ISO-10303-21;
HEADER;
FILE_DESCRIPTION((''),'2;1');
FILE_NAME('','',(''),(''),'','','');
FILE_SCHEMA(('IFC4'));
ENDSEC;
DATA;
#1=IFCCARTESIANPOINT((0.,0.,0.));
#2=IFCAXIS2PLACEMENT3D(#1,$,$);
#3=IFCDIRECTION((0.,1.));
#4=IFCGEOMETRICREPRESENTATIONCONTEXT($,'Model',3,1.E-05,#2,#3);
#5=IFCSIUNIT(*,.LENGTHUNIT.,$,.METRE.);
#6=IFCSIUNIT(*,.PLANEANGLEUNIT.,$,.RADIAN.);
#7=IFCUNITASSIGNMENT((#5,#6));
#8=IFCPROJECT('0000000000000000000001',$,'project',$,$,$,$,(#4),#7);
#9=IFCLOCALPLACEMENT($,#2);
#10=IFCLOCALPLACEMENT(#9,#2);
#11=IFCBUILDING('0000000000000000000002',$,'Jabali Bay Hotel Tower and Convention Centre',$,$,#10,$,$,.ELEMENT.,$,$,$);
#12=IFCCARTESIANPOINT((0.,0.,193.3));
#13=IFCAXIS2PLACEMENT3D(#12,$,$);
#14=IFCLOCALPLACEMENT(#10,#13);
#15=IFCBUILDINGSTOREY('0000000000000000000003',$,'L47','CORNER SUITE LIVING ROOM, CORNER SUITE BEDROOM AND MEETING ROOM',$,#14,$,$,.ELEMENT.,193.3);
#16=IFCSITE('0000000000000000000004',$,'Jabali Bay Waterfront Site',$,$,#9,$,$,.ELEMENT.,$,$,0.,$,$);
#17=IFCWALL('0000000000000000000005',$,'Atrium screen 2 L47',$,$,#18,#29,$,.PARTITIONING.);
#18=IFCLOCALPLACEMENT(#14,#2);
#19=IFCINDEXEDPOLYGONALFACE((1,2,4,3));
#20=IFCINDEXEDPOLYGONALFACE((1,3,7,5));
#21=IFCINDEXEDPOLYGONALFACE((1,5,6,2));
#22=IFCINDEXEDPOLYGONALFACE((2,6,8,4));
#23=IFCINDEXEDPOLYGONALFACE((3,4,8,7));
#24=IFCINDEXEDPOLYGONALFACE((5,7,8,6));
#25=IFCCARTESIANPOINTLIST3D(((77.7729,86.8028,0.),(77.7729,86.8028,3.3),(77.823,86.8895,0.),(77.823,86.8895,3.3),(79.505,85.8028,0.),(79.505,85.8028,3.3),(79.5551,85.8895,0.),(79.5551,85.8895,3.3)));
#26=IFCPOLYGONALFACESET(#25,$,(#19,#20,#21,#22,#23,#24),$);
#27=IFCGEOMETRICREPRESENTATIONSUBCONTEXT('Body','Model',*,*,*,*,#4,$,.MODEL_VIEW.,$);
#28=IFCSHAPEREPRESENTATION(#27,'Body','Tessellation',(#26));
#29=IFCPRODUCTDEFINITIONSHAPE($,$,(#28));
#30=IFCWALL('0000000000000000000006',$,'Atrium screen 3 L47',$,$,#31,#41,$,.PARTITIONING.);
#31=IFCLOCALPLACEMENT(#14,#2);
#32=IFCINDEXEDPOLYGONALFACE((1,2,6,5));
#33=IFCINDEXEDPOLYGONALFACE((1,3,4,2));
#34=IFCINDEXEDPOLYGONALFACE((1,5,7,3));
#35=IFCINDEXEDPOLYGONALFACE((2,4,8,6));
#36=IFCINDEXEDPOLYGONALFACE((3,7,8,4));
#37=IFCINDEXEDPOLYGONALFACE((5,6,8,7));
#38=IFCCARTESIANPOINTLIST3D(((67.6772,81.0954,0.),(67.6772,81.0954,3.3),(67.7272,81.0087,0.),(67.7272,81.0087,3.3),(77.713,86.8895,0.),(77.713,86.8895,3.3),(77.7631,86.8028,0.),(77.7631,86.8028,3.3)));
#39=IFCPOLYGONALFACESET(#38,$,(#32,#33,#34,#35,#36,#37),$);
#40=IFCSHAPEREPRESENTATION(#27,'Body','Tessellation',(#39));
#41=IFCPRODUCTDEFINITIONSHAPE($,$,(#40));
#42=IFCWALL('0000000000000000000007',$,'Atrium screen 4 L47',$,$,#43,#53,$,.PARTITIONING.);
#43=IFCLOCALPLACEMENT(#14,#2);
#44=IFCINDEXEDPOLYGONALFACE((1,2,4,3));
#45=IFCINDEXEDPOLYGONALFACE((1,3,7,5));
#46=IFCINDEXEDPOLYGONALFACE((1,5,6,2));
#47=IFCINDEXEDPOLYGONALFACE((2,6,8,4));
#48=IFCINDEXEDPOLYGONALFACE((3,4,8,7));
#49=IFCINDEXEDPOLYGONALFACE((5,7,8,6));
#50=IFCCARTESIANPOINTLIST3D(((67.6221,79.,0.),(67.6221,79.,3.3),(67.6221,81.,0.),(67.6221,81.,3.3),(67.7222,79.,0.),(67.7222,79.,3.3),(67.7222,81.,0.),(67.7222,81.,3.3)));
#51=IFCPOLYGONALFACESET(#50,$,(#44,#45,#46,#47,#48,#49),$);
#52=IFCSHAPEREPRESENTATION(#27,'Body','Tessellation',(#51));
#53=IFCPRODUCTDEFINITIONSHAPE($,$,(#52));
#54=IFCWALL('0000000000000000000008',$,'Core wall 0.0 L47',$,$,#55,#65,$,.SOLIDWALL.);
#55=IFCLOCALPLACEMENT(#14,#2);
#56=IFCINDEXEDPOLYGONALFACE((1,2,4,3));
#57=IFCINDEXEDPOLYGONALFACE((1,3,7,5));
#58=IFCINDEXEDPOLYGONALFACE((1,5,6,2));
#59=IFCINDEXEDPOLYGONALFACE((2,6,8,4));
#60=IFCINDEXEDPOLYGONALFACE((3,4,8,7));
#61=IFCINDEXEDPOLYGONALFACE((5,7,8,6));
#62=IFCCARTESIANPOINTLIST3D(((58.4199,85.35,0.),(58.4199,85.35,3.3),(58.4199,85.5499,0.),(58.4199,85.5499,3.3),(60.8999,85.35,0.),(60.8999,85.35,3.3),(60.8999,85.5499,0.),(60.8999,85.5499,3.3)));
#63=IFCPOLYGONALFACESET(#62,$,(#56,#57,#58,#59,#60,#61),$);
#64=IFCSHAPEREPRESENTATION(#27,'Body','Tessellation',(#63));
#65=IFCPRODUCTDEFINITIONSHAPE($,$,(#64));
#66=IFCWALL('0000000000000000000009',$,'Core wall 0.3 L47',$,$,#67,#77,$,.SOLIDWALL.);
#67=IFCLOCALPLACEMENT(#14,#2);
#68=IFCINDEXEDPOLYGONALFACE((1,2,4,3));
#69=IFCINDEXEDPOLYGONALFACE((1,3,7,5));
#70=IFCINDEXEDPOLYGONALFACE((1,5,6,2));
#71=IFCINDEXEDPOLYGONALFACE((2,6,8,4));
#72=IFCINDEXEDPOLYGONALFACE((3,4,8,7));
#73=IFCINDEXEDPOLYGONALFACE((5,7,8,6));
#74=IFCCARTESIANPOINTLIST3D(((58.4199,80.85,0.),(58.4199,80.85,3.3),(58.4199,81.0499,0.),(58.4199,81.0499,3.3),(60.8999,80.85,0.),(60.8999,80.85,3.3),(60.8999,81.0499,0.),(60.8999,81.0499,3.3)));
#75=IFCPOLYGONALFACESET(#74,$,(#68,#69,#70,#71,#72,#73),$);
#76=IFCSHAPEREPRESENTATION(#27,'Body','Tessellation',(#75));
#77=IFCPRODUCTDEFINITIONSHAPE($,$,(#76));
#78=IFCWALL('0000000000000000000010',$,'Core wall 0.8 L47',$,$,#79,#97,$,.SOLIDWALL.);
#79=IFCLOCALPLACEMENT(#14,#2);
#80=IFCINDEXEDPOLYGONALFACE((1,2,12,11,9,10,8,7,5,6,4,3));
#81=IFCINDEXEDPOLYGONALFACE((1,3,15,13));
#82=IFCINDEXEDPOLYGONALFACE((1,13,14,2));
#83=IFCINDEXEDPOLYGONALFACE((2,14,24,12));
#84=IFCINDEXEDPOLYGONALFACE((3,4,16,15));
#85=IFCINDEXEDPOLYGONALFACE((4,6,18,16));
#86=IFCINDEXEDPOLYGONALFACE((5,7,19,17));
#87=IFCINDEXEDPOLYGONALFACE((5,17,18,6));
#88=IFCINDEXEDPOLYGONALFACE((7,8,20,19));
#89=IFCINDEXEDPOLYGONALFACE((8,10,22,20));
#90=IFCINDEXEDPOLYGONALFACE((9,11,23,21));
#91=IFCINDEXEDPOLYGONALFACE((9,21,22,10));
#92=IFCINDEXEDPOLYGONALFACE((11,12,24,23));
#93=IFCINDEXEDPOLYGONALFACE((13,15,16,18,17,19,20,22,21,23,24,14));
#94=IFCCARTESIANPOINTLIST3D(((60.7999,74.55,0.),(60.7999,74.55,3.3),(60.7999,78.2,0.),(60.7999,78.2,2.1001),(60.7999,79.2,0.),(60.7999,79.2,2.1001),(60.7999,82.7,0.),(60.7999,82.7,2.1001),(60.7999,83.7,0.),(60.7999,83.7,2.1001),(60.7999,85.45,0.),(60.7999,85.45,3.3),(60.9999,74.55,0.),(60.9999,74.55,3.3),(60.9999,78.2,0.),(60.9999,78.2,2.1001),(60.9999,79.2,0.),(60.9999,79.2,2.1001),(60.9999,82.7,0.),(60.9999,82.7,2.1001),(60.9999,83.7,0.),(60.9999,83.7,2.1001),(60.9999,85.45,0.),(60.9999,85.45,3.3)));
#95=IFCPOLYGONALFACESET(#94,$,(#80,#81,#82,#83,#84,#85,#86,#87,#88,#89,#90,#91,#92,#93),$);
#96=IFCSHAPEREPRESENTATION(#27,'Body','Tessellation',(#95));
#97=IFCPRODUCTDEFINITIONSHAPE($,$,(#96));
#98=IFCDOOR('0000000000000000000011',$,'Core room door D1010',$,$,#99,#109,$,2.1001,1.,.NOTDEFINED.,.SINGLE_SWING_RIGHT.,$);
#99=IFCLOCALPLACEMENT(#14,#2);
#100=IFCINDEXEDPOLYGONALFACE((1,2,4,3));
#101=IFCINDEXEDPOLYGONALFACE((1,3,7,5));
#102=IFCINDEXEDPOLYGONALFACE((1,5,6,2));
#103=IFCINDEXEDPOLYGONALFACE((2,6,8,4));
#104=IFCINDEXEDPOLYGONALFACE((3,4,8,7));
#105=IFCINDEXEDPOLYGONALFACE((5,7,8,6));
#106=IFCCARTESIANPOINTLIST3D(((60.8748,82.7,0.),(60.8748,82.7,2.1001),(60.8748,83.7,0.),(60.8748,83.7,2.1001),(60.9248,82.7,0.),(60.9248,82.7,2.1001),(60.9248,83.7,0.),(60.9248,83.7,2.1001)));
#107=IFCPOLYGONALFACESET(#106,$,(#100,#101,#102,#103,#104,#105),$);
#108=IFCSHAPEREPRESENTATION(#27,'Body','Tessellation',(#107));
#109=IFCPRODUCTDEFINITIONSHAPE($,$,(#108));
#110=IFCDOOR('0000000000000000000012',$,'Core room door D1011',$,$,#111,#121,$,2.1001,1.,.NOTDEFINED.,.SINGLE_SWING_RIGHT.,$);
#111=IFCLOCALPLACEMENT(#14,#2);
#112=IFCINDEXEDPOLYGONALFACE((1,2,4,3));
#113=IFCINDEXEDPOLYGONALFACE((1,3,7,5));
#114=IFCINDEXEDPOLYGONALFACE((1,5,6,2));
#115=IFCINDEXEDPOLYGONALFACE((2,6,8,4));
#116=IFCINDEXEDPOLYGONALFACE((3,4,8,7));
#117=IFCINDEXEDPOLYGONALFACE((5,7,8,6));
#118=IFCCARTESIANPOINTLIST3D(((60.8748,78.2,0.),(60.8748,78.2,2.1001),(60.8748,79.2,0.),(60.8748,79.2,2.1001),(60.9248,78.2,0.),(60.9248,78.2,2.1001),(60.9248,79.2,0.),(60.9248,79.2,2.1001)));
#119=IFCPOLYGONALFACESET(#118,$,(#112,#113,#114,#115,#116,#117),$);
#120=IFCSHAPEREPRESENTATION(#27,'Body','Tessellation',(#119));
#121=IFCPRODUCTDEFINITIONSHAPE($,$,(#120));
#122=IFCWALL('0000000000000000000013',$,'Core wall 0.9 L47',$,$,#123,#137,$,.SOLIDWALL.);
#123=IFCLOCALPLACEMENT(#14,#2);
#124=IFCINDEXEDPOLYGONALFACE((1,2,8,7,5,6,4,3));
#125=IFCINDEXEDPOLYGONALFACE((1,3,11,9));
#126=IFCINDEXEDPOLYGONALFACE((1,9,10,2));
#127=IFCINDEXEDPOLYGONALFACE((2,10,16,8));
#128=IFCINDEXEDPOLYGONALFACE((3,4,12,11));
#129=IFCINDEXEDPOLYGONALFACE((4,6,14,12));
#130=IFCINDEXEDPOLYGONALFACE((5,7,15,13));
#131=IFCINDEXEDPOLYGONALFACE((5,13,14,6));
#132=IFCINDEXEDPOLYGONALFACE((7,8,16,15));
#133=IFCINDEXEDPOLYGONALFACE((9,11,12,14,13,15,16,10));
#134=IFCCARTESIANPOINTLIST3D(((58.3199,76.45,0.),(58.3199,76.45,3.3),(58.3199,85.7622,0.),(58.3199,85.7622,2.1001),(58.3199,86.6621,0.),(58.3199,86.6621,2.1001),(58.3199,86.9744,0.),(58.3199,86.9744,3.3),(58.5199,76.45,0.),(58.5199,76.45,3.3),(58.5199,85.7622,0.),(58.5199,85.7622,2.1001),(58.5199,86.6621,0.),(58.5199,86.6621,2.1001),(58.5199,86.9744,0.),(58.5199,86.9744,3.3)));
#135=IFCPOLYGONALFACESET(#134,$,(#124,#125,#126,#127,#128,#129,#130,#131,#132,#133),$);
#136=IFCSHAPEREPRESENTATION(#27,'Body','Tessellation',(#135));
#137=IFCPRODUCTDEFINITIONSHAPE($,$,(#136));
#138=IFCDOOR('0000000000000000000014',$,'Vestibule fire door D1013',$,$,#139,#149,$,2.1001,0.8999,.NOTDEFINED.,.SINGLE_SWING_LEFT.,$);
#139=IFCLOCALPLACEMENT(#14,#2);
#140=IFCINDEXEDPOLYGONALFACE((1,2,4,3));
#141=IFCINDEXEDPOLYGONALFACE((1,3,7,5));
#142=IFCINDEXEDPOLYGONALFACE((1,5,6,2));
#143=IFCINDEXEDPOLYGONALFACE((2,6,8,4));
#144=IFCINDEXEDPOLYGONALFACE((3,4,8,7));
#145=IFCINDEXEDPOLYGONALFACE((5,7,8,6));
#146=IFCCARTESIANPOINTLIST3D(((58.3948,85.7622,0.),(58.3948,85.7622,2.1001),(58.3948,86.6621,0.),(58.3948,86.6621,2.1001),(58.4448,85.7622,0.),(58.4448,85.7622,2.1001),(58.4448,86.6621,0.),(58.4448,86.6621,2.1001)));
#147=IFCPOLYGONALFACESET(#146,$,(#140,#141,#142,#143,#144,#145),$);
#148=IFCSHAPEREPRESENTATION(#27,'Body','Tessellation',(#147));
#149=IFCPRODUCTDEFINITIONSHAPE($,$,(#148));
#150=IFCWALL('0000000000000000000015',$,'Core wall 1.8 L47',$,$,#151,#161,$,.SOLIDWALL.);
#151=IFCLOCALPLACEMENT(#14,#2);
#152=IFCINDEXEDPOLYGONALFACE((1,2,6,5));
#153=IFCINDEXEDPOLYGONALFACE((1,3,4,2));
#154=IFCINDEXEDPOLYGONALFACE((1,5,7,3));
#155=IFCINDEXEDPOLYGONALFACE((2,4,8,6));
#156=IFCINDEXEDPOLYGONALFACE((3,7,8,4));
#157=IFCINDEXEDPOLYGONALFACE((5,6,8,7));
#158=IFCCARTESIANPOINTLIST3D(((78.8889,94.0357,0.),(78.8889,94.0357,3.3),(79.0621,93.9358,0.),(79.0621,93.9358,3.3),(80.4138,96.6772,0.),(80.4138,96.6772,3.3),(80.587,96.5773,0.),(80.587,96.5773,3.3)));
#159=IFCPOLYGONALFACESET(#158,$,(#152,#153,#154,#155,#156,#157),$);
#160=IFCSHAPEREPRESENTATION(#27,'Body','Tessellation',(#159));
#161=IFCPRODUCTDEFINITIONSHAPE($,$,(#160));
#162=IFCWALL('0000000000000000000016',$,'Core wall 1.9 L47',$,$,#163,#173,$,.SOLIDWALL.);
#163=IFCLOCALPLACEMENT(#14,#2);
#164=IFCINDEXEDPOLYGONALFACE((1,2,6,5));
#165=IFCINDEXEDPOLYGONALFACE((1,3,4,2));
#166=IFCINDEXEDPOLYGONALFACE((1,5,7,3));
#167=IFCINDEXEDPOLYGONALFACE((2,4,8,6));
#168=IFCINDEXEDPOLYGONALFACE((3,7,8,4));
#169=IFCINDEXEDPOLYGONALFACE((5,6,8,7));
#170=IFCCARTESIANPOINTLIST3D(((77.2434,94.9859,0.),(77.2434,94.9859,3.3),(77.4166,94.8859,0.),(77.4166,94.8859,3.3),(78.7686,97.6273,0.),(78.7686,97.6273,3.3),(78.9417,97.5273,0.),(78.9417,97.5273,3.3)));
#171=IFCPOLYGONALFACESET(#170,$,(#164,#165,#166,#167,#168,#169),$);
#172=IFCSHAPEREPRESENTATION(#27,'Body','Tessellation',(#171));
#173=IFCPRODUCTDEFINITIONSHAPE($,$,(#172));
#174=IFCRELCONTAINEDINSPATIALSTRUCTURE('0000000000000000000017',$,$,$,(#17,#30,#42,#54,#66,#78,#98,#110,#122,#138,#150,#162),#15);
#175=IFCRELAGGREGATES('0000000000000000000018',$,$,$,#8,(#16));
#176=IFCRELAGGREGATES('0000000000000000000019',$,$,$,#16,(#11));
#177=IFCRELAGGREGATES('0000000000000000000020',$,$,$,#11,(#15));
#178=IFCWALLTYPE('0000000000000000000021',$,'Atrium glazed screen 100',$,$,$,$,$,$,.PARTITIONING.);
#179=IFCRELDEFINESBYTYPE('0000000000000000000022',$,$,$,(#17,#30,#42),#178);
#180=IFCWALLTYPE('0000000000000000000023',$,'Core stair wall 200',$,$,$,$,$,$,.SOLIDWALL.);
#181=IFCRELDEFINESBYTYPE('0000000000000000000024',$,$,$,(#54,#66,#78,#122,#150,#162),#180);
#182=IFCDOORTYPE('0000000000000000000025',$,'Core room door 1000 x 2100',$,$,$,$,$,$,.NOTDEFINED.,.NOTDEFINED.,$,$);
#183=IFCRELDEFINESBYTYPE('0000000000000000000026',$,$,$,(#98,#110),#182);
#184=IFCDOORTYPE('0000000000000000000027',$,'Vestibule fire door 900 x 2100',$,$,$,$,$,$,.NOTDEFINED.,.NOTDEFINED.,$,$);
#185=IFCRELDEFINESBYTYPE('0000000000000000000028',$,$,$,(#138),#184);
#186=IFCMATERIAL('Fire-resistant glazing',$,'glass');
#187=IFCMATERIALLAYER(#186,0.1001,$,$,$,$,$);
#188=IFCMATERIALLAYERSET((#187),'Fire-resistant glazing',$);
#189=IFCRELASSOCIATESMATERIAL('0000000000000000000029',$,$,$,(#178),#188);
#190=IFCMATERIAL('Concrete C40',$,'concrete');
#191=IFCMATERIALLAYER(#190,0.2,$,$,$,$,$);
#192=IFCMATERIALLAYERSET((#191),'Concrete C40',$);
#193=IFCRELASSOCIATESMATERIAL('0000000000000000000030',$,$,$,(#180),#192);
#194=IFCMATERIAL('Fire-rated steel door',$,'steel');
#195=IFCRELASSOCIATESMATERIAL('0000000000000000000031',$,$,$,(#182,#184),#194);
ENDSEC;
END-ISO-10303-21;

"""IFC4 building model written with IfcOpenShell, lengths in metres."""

from ifc_helpers import new_model, si_unit, direction, frame, frame_2d, origin, place, context, subcontext, project, spatial, rectangle, extrude, material, layer, layer_set, type_object, element, fill, save


model = new_model("IFC4")

# Units and contexts
model_context = context("Model", 3, precision=1e-05, world=origin(), true_north=direction((0.0, 1.0)))
body_context = subcontext(model_context, "Body", "Model", "MODEL_VIEW")
ifc_project = project(units=[si_unit("LENGTHUNIT", "METRE"), si_unit("PLANEANGLEUNIT", "RADIAN")], contexts=[model_context])

# Site, building, storey
site_placement = place(None, origin())
site = spatial("IfcSite", under=ifc_project, at=site_placement, Name="Jabali Bay Waterfront Site", CompositionType="ELEMENT", RefElevation=0.0)
building_placement = place(site_placement, origin())
building = spatial("IfcBuilding", under=site, at=building_placement, Name="Jabali Bay Hotel Tower and Convention Centre", CompositionType="ELEMENT")
storey_placement = place(building_placement, frame((0.0, 0.0, 193.3)))
storey = spatial("IfcBuildingStorey", under=building, at=storey_placement, Name="L47", Description="CORNER SUITE LIVING ROOM, CORNER SUITE BEDROOM AND MEETING ROOM", CompositionType="ELEMENT", Elevation=193.3)

# Walls
ifc_material_1 = material(Name="Fire-resistant glazing", Category="glass")
ifc_layer_1 = layer(ifc_material_1, 0.1001)
ifc_layer_set_1 = layer_set([ifc_layer_1], Name="Fire-resistant glazing")
wall_type_1 = type_object("IfcWallType", Name="Atrium glazed screen 100", PredefinedType="PARTITIONING", material=ifc_layer_set_1)
wall_1_placement = place(storey_placement, frame((79.53, 85.8462, 0.0), z_axis=(0.0, 0.0, 1.0), x_axis=(-0.866041, 0.499973, 0.0)))
element("IfcWall", 1, at=wall_1_placement, inside=storey, type_object=wall_type_1, Name="Atrium screen 2 L47", PredefinedType="PARTITIONING", context=body_context, shape_type="SweptSolid", body=[
    extrude(rectangle(XDim=2.0, YDim=0.1001, at=frame_2d((1.0, 0.0))), origin(), (0.0, 0.0, 1.0), 3.3),
])
wall_2_placement = place(storey_placement, frame((77.738, 86.8462, 0.0), z_axis=(0.0, 0.0, 1.0), x_axis=(-0.866027, -0.499998, 0.0)))
element("IfcWall", 2, at=wall_2_placement, inside=storey, type_object=wall_type_1, Name="Atrium screen 3 L47", PredefinedType="PARTITIONING", context=body_context, shape_type="SweptSolid", body=[
    extrude(rectangle(XDim=11.5884, YDim=0.1001, at=frame_2d((5.7942, 0.0))), origin(), (0.0, 0.0, 1.0), 3.3),
])
wall_3_placement = place(storey_placement, frame((67.6721, 81.0, 0.0), z_axis=(0.0, 0.0, 1.0), x_axis=(0.0, -1.0, 0.0)))
element("IfcWall", 3, at=wall_3_placement, inside=storey, type_object=wall_type_1, Name="Atrium screen 4 L47", PredefinedType="PARTITIONING", context=body_context, shape_type="SweptSolid", body=[
    extrude(rectangle(XDim=2.0, YDim=0.1001, at=frame_2d((1.0, 0.0))), origin(), (0.0, 0.0, 1.0), 3.3),
])
ifc_material_2 = material(Name="Concrete C40", Category="concrete")
ifc_layer_2 = layer(ifc_material_2, 0.2)
ifc_layer_set_2 = layer_set([ifc_layer_2], Name="Concrete C40")
wall_type_2 = type_object("IfcWallType", Name="Core stair wall 200", PredefinedType="SOLIDWALL", material=ifc_layer_set_2)
for number, where, z_axis, x_axis, name in (
    (4, (60.8999, 85.45, 0.0), (0.0, 0.0, 1.0), (-1.0, 0.0, 0.0), "Core wall 0.0 L47"),
    (5, (60.8999, 80.95, 0.0), (0.0, 0.0, 1.0), (-1.0, 0.0, 0.0), "Core wall 0.3 L47"),
):
    element("IfcWall", number, at=place(storey_placement, frame(where, z_axis=z_axis, x_axis=x_axis)), inside=storey, type_object=wall_type_2, Name=name, PredefinedType="SOLIDWALL", context=body_context, shape_type="SweptSolid", body=[
        extrude(rectangle(XDim=2.48, YDim=0.2, at=frame_2d((1.24, 0.0))), origin(), (0.0, 0.0, 1.0), 3.3),
    ])

# Wall, openings, doors
wall_4_placement = place(storey_placement, frame((60.8999, 85.45, 0.0), z_axis=(0.0, 0.0, 1.0), x_axis=(0.0, -1.0, 0.0)))
wall_4 = element("IfcWall", 6, at=wall_4_placement, inside=storey, type_object=wall_type_2, Name="Core wall 0.8 L47", PredefinedType="SOLIDWALL", context=body_context, shape_type="SweptSolid", body=[
    extrude(rectangle(XDim=10.8999, YDim=0.2, at=frame_2d((5.45, 0.0))), origin(), (0.0, 0.0, 1.0), 3.3),
])
opening_1_placement = place(wall_4_placement, frame((1.75, 0.0, 0.0)))
opening_1 = element("IfcOpeningElement", 7, at=opening_1_placement, cuts=wall_4, PredefinedType="OPENING", context=body_context, shape_type="SweptSolid", body=[
    extrude(rectangle(XDim=1.0, YDim=2.1001, at=frame_2d((0.5, 1.05))), frame((0.0, 0.1104, 0.0), z_axis=(0.0, -1.0, 0.0), x_axis=(1.0, 0.0, 0.0)), (0.0, 0.0, 1.0), 0.2209),
])
opening_2_placement = place(wall_4_placement, frame((6.25, 0.0, 0.0)))
opening_2 = element("IfcOpeningElement", 8, at=opening_2_placement, cuts=wall_4, PredefinedType="OPENING", context=body_context, shape_type="SweptSolid", body=[
    extrude(rectangle(XDim=1.0, YDim=2.1001, at=frame_2d((0.5, 1.05))), frame((0.0, 0.1104, 0.0), z_axis=(0.0, -1.0, 0.0), x_axis=(1.0, 0.0, 0.0)), (0.0, 0.0, 1.0), 0.2209),
])
ifc_material_3 = material(Name="Fire-rated steel door", Category="steel")
door_type_1 = type_object("IfcDoorType", Name="Core room door 1000 x 2100", OperationType="NOTDEFINED", PredefinedType="NOTDEFINED", material=ifc_material_3)
door_1_placement = place(opening_1_placement, origin())
door_1 = element("IfcDoor", 9, at=door_1_placement, inside=storey, type_object=door_type_1, Name="Core room door D1010", OperationType="SINGLE_SWING_RIGHT", OverallHeight=2.1001, OverallWidth=1.0, PredefinedType="NOTDEFINED", context=body_context, shape_type="SweptSolid", body=[
    extrude(rectangle(XDim=1.0, YDim=2.1001, at=frame_2d((0.5, 1.05))), frame((0.0, 0.0249, 0.0), z_axis=(0.0, -1.0, 0.0), x_axis=(1.0, 0.0, 0.0)), (0.0, 0.0, 1.0), 0.05),
])
fill(opening_1, door_1)
door_2_placement = place(opening_2_placement, origin())
door_2 = element("IfcDoor", 10, at=door_2_placement, inside=storey, type_object=door_type_1, Name="Core room door D1011", OperationType="SINGLE_SWING_RIGHT", OverallHeight=2.1001, OverallWidth=1.0, PredefinedType="NOTDEFINED", context=body_context, shape_type="SweptSolid", body=[
    extrude(rectangle(XDim=1.0, YDim=2.1001, at=frame_2d((0.5, 1.05))), frame((0.0, 0.0249, 0.0), z_axis=(0.0, -1.0, 0.0), x_axis=(1.0, 0.0, 0.0)), (0.0, 0.0, 1.0), 0.05),
])
fill(opening_2, door_2)

# Wall, opening, door
wall_5_placement = place(storey_placement, frame((58.4199, 86.9744, 0.0), z_axis=(0.0, 0.0, 1.0), x_axis=(0.0, -1.0, 0.0)))
wall_5 = element("IfcWall", 11, at=wall_5_placement, inside=storey, type_object=wall_type_2, Name="Core wall 0.9 L47", PredefinedType="SOLIDWALL", context=body_context, shape_type="SweptSolid", body=[
    extrude(rectangle(XDim=10.5244, YDim=0.2, at=frame_2d((5.2622, 0.0))), origin(), (0.0, 0.0, 1.0), 3.3),
])
opening_3_placement = place(wall_5_placement, frame((0.3123, 0.0, 0.0)))
opening_3 = element("IfcOpeningElement", 12, at=opening_3_placement, cuts=wall_5, PredefinedType="OPENING", context=body_context, shape_type="SweptSolid", body=[
    extrude(rectangle(XDim=0.8999, YDim=2.1001, at=frame_2d((0.45, 1.05))), frame((0.0, 0.1104, 0.0), z_axis=(0.0, -1.0, 0.0), x_axis=(1.0, 0.0, 0.0)), (0.0, 0.0, 1.0), 0.2209),
])
door_type_2 = type_object("IfcDoorType", Name="Vestibule fire door 900 x 2100", OperationType="NOTDEFINED", PredefinedType="NOTDEFINED", material=ifc_material_3)
door_3_placement = place(opening_3_placement, origin())
door_3 = element("IfcDoor", 13, at=door_3_placement, inside=storey, type_object=door_type_2, Name="Vestibule fire door D1013", OperationType="SINGLE_SWING_LEFT", OverallHeight=2.1001, OverallWidth=0.8999, PredefinedType="NOTDEFINED", context=body_context, shape_type="SweptSolid", body=[
    extrude(rectangle(XDim=0.8999, YDim=2.1001, at=frame_2d((0.45, 1.05))), frame((0.0, 0.0249, 0.0), z_axis=(0.0, -1.0, 0.0), x_axis=(1.0, 0.0, 0.0)), (0.0, 0.0, 1.0), 0.05),
])
fill(opening_3, door_3)

# Walls
for number, where, z_axis, x_axis, name in (
    (14, (78.9756, 93.9858, 0.0), (0.0, 0.0, 1.0), (0.499944, 0.866058, 0.0), "Core wall 1.8 L47"),
    (15, (77.3301, 94.936, 0.0), (0.0, 0.0, 1.0), (0.500039, 0.866003, 0.0), "Core wall 1.9 L47"),
):
    element("IfcWall", number, at=place(storey_placement, frame(where, z_axis=z_axis, x_axis=x_axis)), inside=storey, type_object=wall_type_2, Name=name, PredefinedType="SOLIDWALL", context=body_context, shape_type="SweptSolid", body=[
        extrude(rectangle(XDim=3.05, YDim=0.2, at=frame_2d((1.5249, 0.0))), origin(), (0.0, 0.0, 1.0), 3.3),
    ])

save(model, "model.ifc")
